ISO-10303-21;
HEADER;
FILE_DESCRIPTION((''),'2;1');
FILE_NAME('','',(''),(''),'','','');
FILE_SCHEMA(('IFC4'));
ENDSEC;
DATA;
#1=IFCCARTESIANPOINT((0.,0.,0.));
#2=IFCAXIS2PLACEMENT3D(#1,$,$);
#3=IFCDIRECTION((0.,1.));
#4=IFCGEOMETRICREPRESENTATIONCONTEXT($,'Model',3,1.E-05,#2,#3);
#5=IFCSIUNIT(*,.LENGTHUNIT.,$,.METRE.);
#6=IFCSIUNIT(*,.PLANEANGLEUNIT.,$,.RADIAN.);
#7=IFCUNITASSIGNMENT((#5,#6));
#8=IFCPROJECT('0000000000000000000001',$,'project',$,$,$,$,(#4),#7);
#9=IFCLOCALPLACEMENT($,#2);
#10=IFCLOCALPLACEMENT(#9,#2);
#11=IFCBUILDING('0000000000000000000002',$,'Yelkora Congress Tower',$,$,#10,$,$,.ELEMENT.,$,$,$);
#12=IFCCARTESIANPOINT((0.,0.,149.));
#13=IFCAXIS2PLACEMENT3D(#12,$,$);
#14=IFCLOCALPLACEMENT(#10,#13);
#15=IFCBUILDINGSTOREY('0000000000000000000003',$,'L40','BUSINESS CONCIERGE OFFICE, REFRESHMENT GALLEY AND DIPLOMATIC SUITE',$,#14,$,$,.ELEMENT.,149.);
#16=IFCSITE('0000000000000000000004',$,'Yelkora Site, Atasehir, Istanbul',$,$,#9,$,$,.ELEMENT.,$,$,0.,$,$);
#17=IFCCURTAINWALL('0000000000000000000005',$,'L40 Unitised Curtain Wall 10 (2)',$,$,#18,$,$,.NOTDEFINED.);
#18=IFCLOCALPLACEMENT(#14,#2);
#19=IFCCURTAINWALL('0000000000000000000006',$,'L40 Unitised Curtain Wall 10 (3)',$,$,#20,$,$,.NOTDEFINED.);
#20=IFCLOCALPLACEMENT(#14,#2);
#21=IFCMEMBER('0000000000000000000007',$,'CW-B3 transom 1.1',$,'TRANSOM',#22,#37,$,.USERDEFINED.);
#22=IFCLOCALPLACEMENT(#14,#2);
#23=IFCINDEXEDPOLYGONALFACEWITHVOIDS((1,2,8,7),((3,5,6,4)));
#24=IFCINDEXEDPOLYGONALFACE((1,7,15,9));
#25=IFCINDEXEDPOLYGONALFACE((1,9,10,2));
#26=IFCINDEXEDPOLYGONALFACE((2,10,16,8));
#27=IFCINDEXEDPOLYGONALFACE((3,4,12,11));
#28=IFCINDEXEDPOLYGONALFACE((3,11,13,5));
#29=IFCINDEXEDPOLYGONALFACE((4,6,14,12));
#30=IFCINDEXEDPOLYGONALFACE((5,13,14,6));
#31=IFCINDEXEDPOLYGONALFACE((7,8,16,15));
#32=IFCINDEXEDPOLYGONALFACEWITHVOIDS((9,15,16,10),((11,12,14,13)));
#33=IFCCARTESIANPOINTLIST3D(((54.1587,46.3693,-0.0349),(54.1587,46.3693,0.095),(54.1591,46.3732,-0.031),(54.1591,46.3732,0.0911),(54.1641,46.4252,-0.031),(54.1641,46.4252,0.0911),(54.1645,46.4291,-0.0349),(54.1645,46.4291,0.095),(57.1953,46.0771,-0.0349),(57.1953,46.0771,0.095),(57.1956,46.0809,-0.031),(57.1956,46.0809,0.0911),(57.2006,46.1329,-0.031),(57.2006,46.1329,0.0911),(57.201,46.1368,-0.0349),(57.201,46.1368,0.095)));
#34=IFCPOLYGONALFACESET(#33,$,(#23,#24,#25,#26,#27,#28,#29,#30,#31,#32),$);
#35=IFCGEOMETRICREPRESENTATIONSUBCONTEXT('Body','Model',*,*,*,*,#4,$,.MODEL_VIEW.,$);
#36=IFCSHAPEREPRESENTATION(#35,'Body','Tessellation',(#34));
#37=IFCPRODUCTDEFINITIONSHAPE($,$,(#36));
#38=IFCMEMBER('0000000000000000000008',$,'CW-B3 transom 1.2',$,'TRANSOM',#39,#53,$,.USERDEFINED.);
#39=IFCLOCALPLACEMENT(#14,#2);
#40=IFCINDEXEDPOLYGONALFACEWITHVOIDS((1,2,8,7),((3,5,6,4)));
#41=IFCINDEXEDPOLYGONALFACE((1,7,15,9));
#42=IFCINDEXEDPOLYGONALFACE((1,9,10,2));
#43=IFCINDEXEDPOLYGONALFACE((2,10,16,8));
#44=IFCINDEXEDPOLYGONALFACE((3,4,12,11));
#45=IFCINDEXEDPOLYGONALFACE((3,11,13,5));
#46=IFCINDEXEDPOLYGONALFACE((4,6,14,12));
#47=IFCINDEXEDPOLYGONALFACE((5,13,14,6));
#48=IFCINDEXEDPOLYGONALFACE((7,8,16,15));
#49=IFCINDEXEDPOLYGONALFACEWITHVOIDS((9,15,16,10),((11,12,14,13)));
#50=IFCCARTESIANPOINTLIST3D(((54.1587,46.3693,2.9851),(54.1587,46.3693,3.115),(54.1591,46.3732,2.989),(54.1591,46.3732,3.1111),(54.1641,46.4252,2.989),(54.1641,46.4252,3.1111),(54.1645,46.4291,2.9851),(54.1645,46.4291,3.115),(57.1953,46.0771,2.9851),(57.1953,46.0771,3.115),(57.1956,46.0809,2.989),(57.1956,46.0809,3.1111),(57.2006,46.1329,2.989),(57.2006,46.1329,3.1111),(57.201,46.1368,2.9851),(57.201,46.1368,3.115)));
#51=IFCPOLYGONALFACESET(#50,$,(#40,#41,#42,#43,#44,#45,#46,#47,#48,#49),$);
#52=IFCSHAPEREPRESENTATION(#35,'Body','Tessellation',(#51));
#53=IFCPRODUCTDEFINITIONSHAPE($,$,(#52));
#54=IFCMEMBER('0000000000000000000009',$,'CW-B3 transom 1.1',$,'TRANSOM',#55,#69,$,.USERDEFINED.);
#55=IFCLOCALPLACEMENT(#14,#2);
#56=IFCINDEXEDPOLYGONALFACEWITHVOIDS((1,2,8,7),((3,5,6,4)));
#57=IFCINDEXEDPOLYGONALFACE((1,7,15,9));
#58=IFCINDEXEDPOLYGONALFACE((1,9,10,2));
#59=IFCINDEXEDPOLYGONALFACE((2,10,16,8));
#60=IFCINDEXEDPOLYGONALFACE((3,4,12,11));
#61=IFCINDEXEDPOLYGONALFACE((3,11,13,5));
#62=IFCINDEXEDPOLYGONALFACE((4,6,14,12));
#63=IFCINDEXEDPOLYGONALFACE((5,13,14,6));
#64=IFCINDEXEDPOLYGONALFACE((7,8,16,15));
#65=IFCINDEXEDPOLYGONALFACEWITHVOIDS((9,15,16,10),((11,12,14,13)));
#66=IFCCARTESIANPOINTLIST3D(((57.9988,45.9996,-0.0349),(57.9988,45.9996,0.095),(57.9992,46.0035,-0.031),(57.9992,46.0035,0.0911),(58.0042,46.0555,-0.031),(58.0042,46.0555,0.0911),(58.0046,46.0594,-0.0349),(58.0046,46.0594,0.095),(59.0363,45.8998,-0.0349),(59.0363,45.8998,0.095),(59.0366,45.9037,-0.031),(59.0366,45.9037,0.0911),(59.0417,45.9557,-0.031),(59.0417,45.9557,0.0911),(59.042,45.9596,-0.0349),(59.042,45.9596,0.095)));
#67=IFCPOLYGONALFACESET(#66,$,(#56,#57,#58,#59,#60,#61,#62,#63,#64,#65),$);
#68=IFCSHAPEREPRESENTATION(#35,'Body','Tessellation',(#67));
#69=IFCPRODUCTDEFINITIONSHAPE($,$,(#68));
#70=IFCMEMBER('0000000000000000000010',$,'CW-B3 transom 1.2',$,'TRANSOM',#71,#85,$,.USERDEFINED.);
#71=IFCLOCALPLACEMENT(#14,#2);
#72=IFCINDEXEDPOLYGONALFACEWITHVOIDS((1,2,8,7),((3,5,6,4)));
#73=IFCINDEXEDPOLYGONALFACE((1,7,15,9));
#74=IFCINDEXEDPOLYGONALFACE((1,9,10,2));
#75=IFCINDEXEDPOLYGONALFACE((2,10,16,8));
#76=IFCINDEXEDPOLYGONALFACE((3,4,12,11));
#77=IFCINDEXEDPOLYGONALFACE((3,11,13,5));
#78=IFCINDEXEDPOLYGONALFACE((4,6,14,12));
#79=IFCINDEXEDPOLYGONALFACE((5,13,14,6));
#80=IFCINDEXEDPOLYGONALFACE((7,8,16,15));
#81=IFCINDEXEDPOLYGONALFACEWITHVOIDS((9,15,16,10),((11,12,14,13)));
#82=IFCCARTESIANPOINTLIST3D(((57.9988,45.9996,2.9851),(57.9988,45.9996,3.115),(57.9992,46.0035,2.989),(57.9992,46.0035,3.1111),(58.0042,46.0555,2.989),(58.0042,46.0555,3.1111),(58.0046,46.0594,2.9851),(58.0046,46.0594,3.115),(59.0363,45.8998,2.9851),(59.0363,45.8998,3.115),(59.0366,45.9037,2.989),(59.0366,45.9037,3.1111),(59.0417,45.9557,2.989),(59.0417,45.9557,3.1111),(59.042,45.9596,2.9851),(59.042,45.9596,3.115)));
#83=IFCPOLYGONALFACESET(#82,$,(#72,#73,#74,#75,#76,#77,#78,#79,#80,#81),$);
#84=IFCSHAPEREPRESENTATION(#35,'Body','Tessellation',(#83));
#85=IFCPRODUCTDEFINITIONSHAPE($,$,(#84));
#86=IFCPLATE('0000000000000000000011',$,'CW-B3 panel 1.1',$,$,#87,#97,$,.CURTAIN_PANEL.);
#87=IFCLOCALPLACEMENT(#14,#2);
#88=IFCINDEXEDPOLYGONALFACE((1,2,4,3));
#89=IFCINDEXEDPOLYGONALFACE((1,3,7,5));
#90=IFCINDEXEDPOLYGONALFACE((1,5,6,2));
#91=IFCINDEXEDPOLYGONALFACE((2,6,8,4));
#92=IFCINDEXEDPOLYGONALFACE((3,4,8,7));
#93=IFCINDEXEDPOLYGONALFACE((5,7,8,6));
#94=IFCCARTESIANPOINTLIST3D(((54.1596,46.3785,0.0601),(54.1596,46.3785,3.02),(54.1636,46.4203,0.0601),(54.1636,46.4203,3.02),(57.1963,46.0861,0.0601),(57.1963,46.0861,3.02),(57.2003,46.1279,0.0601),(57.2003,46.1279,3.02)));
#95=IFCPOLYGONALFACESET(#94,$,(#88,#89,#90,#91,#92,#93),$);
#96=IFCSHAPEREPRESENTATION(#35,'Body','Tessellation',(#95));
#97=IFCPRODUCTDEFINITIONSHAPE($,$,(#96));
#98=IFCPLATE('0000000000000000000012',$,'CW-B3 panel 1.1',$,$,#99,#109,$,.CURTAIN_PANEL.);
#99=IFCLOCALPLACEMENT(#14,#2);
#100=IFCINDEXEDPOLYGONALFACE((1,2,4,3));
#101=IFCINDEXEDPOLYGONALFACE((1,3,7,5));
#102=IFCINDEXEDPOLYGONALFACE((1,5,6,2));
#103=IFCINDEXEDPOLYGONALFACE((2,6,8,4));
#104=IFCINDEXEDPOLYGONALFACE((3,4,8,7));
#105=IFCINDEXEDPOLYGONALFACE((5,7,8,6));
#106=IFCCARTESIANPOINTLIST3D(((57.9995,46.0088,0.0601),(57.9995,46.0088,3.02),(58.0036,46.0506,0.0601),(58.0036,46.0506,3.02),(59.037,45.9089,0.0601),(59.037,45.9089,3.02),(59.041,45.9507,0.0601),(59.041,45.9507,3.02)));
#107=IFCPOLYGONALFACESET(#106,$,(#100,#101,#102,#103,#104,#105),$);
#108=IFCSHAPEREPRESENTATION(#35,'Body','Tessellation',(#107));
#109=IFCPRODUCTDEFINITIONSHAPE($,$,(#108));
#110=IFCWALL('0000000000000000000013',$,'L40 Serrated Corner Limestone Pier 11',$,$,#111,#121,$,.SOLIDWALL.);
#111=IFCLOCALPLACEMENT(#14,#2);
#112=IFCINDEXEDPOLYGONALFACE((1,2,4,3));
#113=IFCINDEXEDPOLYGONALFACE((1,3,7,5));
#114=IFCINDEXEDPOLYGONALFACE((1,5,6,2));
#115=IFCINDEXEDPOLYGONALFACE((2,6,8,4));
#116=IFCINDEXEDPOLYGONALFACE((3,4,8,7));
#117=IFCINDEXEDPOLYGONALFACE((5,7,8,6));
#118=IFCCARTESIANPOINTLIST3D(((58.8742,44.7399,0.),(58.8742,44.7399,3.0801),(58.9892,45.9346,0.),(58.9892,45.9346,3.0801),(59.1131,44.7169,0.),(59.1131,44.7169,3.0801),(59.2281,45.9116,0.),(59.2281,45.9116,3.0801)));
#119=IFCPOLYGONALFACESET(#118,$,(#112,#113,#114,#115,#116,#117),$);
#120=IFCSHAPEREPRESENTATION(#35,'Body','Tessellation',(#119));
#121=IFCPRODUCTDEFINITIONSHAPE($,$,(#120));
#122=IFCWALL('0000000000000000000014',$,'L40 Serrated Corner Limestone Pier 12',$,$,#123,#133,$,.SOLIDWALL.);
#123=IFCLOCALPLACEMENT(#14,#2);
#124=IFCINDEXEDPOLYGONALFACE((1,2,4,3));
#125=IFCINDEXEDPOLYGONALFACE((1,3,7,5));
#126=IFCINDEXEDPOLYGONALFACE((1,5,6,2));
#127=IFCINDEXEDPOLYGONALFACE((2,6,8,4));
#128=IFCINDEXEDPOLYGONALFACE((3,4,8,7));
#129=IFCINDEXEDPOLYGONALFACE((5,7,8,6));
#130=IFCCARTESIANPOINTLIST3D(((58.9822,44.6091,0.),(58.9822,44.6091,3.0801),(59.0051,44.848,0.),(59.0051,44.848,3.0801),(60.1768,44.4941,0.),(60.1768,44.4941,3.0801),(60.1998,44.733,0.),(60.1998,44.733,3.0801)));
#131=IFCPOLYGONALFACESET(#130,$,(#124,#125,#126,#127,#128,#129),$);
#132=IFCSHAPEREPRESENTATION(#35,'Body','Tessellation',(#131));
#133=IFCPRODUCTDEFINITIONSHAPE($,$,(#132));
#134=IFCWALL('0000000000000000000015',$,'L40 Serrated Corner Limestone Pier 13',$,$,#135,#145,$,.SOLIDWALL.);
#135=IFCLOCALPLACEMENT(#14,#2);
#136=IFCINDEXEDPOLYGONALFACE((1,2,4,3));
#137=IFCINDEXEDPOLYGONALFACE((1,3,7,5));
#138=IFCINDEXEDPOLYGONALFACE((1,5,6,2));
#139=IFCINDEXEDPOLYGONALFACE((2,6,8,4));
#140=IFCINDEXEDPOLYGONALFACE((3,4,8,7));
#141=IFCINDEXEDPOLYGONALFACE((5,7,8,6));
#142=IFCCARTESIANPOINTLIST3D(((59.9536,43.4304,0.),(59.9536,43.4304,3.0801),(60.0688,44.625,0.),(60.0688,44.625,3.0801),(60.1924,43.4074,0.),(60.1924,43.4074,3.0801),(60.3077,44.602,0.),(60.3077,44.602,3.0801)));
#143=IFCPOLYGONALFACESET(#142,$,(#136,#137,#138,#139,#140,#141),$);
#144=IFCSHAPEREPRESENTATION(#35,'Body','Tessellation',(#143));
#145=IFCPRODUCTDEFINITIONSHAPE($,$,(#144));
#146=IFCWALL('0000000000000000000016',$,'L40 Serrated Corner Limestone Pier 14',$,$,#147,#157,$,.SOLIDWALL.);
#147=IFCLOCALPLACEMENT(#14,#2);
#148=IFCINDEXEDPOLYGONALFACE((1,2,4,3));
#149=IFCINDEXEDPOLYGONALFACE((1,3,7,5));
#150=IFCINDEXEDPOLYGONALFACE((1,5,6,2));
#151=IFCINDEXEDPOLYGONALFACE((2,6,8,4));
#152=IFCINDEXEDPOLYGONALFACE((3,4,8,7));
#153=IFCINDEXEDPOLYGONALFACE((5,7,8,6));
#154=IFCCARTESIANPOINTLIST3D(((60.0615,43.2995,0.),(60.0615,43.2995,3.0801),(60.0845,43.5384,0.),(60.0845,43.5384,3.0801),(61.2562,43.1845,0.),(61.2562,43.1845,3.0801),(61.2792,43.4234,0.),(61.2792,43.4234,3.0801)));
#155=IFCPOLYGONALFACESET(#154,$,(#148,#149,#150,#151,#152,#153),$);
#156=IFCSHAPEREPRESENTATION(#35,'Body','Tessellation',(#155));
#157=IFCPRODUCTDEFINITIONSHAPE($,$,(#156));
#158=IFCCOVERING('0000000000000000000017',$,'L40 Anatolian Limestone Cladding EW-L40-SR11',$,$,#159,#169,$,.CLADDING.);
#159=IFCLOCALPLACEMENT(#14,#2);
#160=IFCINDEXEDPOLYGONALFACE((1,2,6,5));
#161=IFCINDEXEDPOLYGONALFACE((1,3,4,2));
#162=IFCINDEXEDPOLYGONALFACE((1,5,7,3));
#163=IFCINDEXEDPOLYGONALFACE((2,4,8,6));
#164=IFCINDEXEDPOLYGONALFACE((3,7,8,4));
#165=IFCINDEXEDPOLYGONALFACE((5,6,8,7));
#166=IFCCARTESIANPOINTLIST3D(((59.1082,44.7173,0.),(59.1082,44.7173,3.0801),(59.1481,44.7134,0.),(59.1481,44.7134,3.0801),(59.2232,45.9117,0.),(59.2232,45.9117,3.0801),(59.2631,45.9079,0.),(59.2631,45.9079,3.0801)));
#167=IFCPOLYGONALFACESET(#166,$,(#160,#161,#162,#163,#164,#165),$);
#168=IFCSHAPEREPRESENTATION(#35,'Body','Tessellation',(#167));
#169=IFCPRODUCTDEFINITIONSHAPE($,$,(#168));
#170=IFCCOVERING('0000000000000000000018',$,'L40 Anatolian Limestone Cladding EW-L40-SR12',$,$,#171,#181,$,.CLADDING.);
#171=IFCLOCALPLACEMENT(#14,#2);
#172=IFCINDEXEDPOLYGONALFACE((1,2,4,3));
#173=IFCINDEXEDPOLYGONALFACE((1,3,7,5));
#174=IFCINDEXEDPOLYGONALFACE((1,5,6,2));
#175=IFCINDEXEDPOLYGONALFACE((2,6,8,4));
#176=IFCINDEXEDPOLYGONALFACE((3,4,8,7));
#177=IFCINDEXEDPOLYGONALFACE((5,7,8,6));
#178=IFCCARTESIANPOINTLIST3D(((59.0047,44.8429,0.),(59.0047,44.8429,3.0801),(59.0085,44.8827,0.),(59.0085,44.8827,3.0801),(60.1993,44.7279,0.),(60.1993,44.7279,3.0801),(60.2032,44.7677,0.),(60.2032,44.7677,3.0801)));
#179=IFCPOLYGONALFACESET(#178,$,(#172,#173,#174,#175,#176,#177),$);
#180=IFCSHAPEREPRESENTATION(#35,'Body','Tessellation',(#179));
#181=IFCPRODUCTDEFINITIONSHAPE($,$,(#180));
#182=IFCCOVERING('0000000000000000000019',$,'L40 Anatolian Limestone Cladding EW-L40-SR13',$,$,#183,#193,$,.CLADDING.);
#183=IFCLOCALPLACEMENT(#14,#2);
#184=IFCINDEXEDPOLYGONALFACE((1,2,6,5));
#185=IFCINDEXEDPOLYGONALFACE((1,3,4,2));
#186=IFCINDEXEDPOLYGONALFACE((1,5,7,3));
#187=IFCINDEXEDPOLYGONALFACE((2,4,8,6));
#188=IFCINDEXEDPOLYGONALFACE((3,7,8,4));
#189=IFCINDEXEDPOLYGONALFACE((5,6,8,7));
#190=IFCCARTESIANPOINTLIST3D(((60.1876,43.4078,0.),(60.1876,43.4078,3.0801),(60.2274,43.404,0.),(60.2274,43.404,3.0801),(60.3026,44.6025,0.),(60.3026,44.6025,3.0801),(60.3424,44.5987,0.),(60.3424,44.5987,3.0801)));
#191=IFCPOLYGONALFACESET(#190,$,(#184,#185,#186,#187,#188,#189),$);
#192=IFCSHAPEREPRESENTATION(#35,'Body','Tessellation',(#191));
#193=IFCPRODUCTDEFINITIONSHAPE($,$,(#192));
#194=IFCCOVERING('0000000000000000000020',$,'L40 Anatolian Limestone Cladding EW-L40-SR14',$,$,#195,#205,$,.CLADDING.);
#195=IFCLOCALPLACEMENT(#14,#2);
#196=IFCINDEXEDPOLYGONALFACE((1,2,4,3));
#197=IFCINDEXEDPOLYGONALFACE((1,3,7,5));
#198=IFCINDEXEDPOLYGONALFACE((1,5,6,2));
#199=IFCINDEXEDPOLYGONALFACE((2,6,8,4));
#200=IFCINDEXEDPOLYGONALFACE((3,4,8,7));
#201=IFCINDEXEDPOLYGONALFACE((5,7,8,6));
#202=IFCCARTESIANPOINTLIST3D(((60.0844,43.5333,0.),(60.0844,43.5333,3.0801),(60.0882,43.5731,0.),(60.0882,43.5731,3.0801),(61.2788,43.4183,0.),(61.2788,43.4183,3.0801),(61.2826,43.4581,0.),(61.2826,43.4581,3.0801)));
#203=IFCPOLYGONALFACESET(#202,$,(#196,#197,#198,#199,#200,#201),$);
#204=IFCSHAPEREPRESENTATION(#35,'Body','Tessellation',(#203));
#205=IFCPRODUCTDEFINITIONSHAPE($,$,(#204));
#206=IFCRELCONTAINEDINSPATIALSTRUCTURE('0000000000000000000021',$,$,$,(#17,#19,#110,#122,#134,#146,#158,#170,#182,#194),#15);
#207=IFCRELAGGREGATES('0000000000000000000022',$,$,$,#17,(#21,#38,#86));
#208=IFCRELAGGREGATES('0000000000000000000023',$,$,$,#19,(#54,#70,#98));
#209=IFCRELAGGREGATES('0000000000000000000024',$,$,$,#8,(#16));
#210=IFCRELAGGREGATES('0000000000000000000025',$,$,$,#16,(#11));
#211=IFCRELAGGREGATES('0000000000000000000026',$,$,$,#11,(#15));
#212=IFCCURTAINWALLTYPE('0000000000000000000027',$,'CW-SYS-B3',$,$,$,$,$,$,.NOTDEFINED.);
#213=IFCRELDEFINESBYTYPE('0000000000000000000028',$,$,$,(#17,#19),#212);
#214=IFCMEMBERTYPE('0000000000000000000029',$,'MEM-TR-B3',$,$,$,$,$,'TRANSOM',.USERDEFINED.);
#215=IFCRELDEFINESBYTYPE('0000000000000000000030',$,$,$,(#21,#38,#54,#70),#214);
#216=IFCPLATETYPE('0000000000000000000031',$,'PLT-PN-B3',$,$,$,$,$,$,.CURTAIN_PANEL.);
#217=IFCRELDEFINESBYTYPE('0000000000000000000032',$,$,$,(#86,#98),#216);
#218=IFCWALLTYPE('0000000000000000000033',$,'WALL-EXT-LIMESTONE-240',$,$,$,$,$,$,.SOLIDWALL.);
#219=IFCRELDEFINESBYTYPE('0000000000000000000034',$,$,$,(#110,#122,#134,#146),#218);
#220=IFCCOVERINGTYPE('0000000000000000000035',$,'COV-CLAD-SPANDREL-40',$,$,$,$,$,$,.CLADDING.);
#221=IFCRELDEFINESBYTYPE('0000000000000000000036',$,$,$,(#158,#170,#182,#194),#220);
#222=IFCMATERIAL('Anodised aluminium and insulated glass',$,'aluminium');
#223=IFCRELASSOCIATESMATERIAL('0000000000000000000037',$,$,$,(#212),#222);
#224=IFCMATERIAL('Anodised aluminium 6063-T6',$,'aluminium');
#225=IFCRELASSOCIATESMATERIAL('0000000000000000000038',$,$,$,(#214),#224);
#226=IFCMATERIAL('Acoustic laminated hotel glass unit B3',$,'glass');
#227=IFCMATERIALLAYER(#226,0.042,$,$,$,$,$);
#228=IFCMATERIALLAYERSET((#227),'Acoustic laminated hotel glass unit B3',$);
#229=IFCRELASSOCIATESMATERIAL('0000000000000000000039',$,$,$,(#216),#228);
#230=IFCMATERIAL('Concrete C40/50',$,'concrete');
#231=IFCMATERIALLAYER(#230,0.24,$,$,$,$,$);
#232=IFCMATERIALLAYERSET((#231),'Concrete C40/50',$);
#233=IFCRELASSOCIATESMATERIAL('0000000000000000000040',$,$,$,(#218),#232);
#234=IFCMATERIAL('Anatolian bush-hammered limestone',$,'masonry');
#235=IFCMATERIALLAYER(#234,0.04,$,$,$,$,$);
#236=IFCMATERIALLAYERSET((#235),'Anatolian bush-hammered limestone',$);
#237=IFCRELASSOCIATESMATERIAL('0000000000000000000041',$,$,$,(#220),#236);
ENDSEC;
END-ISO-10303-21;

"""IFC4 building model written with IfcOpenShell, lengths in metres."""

from ifc_helpers import new_model, si_unit, direction, frame, frame_2d, origin, origin_2d, place, context, subcontext, project, spatial, rectangle, hollow_rectangle, extrude, material, layer, layer_set, material_profile, profile_set, type_object, element, aggregate, save


model = new_model("IFC4")

# Units and contexts
model_context = context("Model", 3, precision=1e-05, world=origin(), true_north=direction((0.0, 1.0)))
body_context = subcontext(model_context, "Body", "Model", "MODEL_VIEW")
ifc_project = project(units=[si_unit("LENGTHUNIT", "METRE"), si_unit("PLANEANGLEUNIT", "RADIAN")], contexts=[model_context])

# Site, building, storey
site_placement = place(None, origin())
site = spatial("IfcSite", under=ifc_project, at=site_placement, Name="Yelkora Site, Atasehir, Istanbul", CompositionType="ELEMENT", RefElevation=0.0)
building_placement = place(site_placement, origin())
building = spatial("IfcBuilding", under=site, at=building_placement, Name="Yelkora Congress Tower", CompositionType="ELEMENT")
storey_placement = place(building_placement, frame((0.0, 0.0, 149.0)))
storey = spatial("IfcBuildingStorey", under=building, at=storey_placement, Name="L40", Description="BUSINESS CONCIERGE OFFICE, REFRESHMENT GALLEY AND DIPLOMATIC SUITE", CompositionType="ELEMENT", Elevation=149.0)

# Shared definitions
ifc_material_1 = material(Name="Anodised aluminium and insulated glass", Category="aluminium")
curtain_wall_type = type_object("IfcCurtainWallType", Name="CW-SYS-B3", PredefinedType="NOTDEFINED", material=ifc_material_1)
ifc_material_2 = material(Name="Anodised aluminium 6063-T6", Category="aluminium")

# Curtain walls
curtain_wall_1_placement = place(storey_placement, origin())
curtain_wall_1 = element("IfcCurtainWall", 1, at=curtain_wall_1_placement, inside=storey, type_object=curtain_wall_type, Name="L40 Unitised Curtain Wall 10 (2)", PredefinedType="NOTDEFINED")
curtain_wall_2_placement = place(storey_placement, origin())
curtain_wall_2 = element("IfcCurtainWall", 2, at=curtain_wall_2_placement, inside=storey, type_object=curtain_wall_type, Name="L40 Unitised Curtain Wall 10 (3)", PredefinedType="NOTDEFINED")

# Members
ifc_material_profile_1 = material_profile(ifc_material_2, hollow_rectangle(XDim=0.0601, YDim=0.1299, WallThickness=0.0039, at=origin_2d()), Name="ALU 60x130x4")
ifc_profile_set_1 = profile_set([ifc_material_profile_1], Name="Anodised aluminium 6063-T6")
member_type_1 = type_object("IfcMemberType", Name="MEM-TR-B3", ElementType="TRANSOM", PredefinedType="USERDEFINED", material=ifc_profile_set_1)
member_1_placement = place(storey_placement, frame((54.1616, 46.3992, 0.03), z_axis=(0.995401, -0.095795, 0.0), x_axis=(0.095795, 0.995401, 0.0)))
member_1 = element("IfcMember", 3, at=member_1_placement, type_object=member_type_1, Name="CW-B3 transom 1.1", ObjectType="TRANSOM", PredefinedType="USERDEFINED", context=body_context, shape_type="SweptSolid", body=[
    extrude(hollow_rectangle(XDim=0.0601, YDim=0.1299, WallThickness=0.0039, at=origin_2d()), origin(), (0.0, 0.0, 1.0), 3.0505),
])
member_2_placement = place(storey_placement, frame((54.1616, 46.3992, 3.05), z_axis=(0.995401, -0.095795, 0.0), x_axis=(0.095795, 0.995401, 0.0)))
member_2 = element("IfcMember", 4, at=member_2_placement, type_object=member_type_1, Name="CW-B3 transom 1.2", ObjectType="TRANSOM", PredefinedType="USERDEFINED", context=body_context, shape_type="SweptSolid", body=[
    extrude(hollow_rectangle(XDim=0.0601, YDim=0.1299, WallThickness=0.0039, at=origin_2d()), origin(), (0.0, 0.0, 1.0), 3.0505),
])
member_3_placement = place(storey_placement, frame((58.0017, 46.0295, 0.03), z_axis=(0.995399, -0.095815, 0.0), x_axis=(0.095815, 0.995399, 0.0)))
member_3 = element("IfcMember", 5, at=member_3_placement, type_object=member_type_1, Name="CW-B3 transom 1.1", ObjectType="TRANSOM", PredefinedType="USERDEFINED", context=body_context, shape_type="SweptSolid", body=[
    extrude(hollow_rectangle(XDim=0.0601, YDim=0.1299, WallThickness=0.0039, at=origin_2d()), origin(), (0.0, 0.0, 1.0), 1.0422),
])
member_4_placement = place(storey_placement, frame((58.0017, 46.0295, 3.05), z_axis=(0.995399, -0.095815, 0.0), x_axis=(0.095815, 0.995399, 0.0)))
member_4 = element("IfcMember", 6, at=member_4_placement, type_object=member_type_1, Name="CW-B3 transom 1.2", ObjectType="TRANSOM", PredefinedType="USERDEFINED", context=body_context, shape_type="SweptSolid", body=[
    extrude(hollow_rectangle(XDim=0.0601, YDim=0.1299, WallThickness=0.0039, at=origin_2d()), origin(), (0.0, 0.0, 1.0), 1.0422),
])

# Plates
ifc_material_3 = material(Name="Acoustic laminated hotel glass unit B3", Category="glass")
ifc_layer_1 = layer(ifc_material_3, 0.042)
ifc_layer_set_1 = layer_set([ifc_layer_1], Name="Acoustic laminated hotel glass unit B3")
plate_type = type_object("IfcPlateType", Name="PLT-PN-B3", PredefinedType="CURTAIN_PANEL", material=ifc_layer_set_1)
plate_1_placement = place(storey_placement, frame((55.6799, 46.2532, 0.0601), z_axis=(0.0, 0.0, 1.0), x_axis=(0.995397, -0.095841, 0.0)))
plate_1 = element("IfcPlate", 7, at=plate_1_placement, type_object=plate_type, Name="CW-B3 panel 1.1", PredefinedType="CURTAIN_PANEL", context=body_context, shape_type="SweptSolid", body=[
    extrude(rectangle(XDim=3.0508, YDim=0.042, at=origin_2d()), origin(), (0.0, 0.0, 1.0), 2.96),
])
aggregate(curtain_wall_1, [member_1, member_2, plate_1])
plate_2_placement = place(storey_placement, frame((58.5203, 45.9797, 0.0601), z_axis=(0.0, 0.0, 1.0), x_axis=(0.995396, -0.095843, 0.0)))
plate_2 = element("IfcPlate", 8, at=plate_2_placement, type_object=plate_type, Name="CW-B3 panel 1.1", PredefinedType="CURTAIN_PANEL", context=body_context, shape_type="SweptSolid", body=[
    extrude(rectangle(XDim=1.0422, YDim=0.042, at=origin_2d()), origin(), (0.0, 0.0, 1.0), 2.96),
])
aggregate(curtain_wall_2, [member_3, member_4, plate_2])

# Walls
ifc_material_4 = material(Name="Concrete C40/50", Category="concrete")
ifc_layer_2 = layer(ifc_material_4, 0.24)
ifc_layer_set_2 = layer_set([ifc_layer_2], Name="Concrete C40/50")
wall_type = type_object("IfcWallType", Name="WALL-EXT-LIMESTONE-240", PredefinedType="SOLIDWALL", material=ifc_layer_set_2)
for number, where, z_axis, x_axis, name in (
    (9, (59.1086, 45.9231, 0.0), (0.0, 0.0, 1.0), (-0.095817, -0.995399, 0.0), "L40 Serrated Corner Limestone Pier 11"),
    (10, (58.9937, 44.7285, 0.0), (0.0, 0.0, 1.0), (0.995399, -0.095817, 0.0), "L40 Serrated Corner Limestone Pier 12"),
    (11, (60.1882, 44.6135, 0.0), (0.0, 0.0, 1.0), (-0.096019, -0.99538, 0.0), "L40 Serrated Corner Limestone Pier 13"),
    (12, (60.073, 43.4189, 0.0), (0.0, 0.0, 1.0), (0.995399, -0.095817, 0.0), "L40 Serrated Corner Limestone Pier 14"),
):
    element("IfcWall", number, at=place(storey_placement, frame(where, z_axis=z_axis, x_axis=x_axis)), inside=storey, type_object=wall_type, Name=name, PredefinedType="SOLIDWALL", context=body_context, shape_type="SweptSolid", body=[
        extrude(rectangle(XDim=1.2002, YDim=0.24, at=frame_2d((0.6001, 0.0))), origin(), (0.0, 0.0, 1.0), 3.0801),
    ])

# Coverings
ifc_material_5 = material(Name="Anatolian bush-hammered limestone", Category="masonry")
ifc_layer_3 = layer(ifc_material_5, 0.04)
ifc_layer_set_3 = layer_set([ifc_layer_3], Name="Anatolian bush-hammered limestone")
covering_type = type_object("IfcCoveringType", Name="COV-CLAD-SPANDREL-40", PredefinedType="CLADDING", material=ifc_layer_set_3)
covering_1_placement = place(storey_placement, frame((59.2432, 45.9099, 0.0), z_axis=(0.0, 0.0, 1.0), x_axis=(-0.095836, -0.995397, 0.0)))
element("IfcCovering", 13, at=covering_1_placement, inside=storey, type_object=covering_type, Name="L40 Anatolian Limestone Cladding EW-L40-SR11", PredefinedType="CLADDING", context=body_context, shape_type="SweptSolid", body=[
    extrude(rectangle(XDim=1.2, YDim=0.04, at=frame_2d((0.6001, 0.0))), origin(), (0.0, 0.0, 1.0), 3.0801),
])
for number, where, z_axis, x_axis, name in (
    (14, (59.0066, 44.8628, 0.0), (0.0, 0.0, 1.0), (0.995399, -0.095817, 0.0), "L40 Anatolian Limestone Cladding EW-L40-SR12"),
    (15, (60.3225, 44.6006, 0.0), (0.0, 0.0, 1.0), (-0.095817, -0.995399, 0.0), "L40 Anatolian Limestone Cladding EW-L40-SR13"),
):
    element("IfcCovering", number, at=place(storey_placement, frame(where, z_axis=z_axis, x_axis=x_axis)), inside=storey, type_object=covering_type, Name=name, PredefinedType="CLADDING", context=body_context, shape_type="SweptSolid", body=[
        extrude(rectangle(XDim=1.2002, YDim=0.04, at=frame_2d((0.6001, 0.0))), origin(), (0.0, 0.0, 1.0), 3.0801),
    ])
covering_2_placement = place(storey_placement, frame((60.0862, 43.5532, 0.0), z_axis=(0.0, 0.0, 1.0), x_axis=(0.995397, -0.095836, 0.0)))
element("IfcCovering", 16, at=covering_2_placement, inside=storey, type_object=covering_type, Name="L40 Anatolian Limestone Cladding EW-L40-SR14", PredefinedType="CLADDING", context=body_context, shape_type="SweptSolid", body=[
    extrude(rectangle(XDim=1.2, YDim=0.04, at=frame_2d((0.6001, 0.0))), origin(), (0.0, 0.0, 1.0), 3.0801),
])

save(model, "model.ifc")
